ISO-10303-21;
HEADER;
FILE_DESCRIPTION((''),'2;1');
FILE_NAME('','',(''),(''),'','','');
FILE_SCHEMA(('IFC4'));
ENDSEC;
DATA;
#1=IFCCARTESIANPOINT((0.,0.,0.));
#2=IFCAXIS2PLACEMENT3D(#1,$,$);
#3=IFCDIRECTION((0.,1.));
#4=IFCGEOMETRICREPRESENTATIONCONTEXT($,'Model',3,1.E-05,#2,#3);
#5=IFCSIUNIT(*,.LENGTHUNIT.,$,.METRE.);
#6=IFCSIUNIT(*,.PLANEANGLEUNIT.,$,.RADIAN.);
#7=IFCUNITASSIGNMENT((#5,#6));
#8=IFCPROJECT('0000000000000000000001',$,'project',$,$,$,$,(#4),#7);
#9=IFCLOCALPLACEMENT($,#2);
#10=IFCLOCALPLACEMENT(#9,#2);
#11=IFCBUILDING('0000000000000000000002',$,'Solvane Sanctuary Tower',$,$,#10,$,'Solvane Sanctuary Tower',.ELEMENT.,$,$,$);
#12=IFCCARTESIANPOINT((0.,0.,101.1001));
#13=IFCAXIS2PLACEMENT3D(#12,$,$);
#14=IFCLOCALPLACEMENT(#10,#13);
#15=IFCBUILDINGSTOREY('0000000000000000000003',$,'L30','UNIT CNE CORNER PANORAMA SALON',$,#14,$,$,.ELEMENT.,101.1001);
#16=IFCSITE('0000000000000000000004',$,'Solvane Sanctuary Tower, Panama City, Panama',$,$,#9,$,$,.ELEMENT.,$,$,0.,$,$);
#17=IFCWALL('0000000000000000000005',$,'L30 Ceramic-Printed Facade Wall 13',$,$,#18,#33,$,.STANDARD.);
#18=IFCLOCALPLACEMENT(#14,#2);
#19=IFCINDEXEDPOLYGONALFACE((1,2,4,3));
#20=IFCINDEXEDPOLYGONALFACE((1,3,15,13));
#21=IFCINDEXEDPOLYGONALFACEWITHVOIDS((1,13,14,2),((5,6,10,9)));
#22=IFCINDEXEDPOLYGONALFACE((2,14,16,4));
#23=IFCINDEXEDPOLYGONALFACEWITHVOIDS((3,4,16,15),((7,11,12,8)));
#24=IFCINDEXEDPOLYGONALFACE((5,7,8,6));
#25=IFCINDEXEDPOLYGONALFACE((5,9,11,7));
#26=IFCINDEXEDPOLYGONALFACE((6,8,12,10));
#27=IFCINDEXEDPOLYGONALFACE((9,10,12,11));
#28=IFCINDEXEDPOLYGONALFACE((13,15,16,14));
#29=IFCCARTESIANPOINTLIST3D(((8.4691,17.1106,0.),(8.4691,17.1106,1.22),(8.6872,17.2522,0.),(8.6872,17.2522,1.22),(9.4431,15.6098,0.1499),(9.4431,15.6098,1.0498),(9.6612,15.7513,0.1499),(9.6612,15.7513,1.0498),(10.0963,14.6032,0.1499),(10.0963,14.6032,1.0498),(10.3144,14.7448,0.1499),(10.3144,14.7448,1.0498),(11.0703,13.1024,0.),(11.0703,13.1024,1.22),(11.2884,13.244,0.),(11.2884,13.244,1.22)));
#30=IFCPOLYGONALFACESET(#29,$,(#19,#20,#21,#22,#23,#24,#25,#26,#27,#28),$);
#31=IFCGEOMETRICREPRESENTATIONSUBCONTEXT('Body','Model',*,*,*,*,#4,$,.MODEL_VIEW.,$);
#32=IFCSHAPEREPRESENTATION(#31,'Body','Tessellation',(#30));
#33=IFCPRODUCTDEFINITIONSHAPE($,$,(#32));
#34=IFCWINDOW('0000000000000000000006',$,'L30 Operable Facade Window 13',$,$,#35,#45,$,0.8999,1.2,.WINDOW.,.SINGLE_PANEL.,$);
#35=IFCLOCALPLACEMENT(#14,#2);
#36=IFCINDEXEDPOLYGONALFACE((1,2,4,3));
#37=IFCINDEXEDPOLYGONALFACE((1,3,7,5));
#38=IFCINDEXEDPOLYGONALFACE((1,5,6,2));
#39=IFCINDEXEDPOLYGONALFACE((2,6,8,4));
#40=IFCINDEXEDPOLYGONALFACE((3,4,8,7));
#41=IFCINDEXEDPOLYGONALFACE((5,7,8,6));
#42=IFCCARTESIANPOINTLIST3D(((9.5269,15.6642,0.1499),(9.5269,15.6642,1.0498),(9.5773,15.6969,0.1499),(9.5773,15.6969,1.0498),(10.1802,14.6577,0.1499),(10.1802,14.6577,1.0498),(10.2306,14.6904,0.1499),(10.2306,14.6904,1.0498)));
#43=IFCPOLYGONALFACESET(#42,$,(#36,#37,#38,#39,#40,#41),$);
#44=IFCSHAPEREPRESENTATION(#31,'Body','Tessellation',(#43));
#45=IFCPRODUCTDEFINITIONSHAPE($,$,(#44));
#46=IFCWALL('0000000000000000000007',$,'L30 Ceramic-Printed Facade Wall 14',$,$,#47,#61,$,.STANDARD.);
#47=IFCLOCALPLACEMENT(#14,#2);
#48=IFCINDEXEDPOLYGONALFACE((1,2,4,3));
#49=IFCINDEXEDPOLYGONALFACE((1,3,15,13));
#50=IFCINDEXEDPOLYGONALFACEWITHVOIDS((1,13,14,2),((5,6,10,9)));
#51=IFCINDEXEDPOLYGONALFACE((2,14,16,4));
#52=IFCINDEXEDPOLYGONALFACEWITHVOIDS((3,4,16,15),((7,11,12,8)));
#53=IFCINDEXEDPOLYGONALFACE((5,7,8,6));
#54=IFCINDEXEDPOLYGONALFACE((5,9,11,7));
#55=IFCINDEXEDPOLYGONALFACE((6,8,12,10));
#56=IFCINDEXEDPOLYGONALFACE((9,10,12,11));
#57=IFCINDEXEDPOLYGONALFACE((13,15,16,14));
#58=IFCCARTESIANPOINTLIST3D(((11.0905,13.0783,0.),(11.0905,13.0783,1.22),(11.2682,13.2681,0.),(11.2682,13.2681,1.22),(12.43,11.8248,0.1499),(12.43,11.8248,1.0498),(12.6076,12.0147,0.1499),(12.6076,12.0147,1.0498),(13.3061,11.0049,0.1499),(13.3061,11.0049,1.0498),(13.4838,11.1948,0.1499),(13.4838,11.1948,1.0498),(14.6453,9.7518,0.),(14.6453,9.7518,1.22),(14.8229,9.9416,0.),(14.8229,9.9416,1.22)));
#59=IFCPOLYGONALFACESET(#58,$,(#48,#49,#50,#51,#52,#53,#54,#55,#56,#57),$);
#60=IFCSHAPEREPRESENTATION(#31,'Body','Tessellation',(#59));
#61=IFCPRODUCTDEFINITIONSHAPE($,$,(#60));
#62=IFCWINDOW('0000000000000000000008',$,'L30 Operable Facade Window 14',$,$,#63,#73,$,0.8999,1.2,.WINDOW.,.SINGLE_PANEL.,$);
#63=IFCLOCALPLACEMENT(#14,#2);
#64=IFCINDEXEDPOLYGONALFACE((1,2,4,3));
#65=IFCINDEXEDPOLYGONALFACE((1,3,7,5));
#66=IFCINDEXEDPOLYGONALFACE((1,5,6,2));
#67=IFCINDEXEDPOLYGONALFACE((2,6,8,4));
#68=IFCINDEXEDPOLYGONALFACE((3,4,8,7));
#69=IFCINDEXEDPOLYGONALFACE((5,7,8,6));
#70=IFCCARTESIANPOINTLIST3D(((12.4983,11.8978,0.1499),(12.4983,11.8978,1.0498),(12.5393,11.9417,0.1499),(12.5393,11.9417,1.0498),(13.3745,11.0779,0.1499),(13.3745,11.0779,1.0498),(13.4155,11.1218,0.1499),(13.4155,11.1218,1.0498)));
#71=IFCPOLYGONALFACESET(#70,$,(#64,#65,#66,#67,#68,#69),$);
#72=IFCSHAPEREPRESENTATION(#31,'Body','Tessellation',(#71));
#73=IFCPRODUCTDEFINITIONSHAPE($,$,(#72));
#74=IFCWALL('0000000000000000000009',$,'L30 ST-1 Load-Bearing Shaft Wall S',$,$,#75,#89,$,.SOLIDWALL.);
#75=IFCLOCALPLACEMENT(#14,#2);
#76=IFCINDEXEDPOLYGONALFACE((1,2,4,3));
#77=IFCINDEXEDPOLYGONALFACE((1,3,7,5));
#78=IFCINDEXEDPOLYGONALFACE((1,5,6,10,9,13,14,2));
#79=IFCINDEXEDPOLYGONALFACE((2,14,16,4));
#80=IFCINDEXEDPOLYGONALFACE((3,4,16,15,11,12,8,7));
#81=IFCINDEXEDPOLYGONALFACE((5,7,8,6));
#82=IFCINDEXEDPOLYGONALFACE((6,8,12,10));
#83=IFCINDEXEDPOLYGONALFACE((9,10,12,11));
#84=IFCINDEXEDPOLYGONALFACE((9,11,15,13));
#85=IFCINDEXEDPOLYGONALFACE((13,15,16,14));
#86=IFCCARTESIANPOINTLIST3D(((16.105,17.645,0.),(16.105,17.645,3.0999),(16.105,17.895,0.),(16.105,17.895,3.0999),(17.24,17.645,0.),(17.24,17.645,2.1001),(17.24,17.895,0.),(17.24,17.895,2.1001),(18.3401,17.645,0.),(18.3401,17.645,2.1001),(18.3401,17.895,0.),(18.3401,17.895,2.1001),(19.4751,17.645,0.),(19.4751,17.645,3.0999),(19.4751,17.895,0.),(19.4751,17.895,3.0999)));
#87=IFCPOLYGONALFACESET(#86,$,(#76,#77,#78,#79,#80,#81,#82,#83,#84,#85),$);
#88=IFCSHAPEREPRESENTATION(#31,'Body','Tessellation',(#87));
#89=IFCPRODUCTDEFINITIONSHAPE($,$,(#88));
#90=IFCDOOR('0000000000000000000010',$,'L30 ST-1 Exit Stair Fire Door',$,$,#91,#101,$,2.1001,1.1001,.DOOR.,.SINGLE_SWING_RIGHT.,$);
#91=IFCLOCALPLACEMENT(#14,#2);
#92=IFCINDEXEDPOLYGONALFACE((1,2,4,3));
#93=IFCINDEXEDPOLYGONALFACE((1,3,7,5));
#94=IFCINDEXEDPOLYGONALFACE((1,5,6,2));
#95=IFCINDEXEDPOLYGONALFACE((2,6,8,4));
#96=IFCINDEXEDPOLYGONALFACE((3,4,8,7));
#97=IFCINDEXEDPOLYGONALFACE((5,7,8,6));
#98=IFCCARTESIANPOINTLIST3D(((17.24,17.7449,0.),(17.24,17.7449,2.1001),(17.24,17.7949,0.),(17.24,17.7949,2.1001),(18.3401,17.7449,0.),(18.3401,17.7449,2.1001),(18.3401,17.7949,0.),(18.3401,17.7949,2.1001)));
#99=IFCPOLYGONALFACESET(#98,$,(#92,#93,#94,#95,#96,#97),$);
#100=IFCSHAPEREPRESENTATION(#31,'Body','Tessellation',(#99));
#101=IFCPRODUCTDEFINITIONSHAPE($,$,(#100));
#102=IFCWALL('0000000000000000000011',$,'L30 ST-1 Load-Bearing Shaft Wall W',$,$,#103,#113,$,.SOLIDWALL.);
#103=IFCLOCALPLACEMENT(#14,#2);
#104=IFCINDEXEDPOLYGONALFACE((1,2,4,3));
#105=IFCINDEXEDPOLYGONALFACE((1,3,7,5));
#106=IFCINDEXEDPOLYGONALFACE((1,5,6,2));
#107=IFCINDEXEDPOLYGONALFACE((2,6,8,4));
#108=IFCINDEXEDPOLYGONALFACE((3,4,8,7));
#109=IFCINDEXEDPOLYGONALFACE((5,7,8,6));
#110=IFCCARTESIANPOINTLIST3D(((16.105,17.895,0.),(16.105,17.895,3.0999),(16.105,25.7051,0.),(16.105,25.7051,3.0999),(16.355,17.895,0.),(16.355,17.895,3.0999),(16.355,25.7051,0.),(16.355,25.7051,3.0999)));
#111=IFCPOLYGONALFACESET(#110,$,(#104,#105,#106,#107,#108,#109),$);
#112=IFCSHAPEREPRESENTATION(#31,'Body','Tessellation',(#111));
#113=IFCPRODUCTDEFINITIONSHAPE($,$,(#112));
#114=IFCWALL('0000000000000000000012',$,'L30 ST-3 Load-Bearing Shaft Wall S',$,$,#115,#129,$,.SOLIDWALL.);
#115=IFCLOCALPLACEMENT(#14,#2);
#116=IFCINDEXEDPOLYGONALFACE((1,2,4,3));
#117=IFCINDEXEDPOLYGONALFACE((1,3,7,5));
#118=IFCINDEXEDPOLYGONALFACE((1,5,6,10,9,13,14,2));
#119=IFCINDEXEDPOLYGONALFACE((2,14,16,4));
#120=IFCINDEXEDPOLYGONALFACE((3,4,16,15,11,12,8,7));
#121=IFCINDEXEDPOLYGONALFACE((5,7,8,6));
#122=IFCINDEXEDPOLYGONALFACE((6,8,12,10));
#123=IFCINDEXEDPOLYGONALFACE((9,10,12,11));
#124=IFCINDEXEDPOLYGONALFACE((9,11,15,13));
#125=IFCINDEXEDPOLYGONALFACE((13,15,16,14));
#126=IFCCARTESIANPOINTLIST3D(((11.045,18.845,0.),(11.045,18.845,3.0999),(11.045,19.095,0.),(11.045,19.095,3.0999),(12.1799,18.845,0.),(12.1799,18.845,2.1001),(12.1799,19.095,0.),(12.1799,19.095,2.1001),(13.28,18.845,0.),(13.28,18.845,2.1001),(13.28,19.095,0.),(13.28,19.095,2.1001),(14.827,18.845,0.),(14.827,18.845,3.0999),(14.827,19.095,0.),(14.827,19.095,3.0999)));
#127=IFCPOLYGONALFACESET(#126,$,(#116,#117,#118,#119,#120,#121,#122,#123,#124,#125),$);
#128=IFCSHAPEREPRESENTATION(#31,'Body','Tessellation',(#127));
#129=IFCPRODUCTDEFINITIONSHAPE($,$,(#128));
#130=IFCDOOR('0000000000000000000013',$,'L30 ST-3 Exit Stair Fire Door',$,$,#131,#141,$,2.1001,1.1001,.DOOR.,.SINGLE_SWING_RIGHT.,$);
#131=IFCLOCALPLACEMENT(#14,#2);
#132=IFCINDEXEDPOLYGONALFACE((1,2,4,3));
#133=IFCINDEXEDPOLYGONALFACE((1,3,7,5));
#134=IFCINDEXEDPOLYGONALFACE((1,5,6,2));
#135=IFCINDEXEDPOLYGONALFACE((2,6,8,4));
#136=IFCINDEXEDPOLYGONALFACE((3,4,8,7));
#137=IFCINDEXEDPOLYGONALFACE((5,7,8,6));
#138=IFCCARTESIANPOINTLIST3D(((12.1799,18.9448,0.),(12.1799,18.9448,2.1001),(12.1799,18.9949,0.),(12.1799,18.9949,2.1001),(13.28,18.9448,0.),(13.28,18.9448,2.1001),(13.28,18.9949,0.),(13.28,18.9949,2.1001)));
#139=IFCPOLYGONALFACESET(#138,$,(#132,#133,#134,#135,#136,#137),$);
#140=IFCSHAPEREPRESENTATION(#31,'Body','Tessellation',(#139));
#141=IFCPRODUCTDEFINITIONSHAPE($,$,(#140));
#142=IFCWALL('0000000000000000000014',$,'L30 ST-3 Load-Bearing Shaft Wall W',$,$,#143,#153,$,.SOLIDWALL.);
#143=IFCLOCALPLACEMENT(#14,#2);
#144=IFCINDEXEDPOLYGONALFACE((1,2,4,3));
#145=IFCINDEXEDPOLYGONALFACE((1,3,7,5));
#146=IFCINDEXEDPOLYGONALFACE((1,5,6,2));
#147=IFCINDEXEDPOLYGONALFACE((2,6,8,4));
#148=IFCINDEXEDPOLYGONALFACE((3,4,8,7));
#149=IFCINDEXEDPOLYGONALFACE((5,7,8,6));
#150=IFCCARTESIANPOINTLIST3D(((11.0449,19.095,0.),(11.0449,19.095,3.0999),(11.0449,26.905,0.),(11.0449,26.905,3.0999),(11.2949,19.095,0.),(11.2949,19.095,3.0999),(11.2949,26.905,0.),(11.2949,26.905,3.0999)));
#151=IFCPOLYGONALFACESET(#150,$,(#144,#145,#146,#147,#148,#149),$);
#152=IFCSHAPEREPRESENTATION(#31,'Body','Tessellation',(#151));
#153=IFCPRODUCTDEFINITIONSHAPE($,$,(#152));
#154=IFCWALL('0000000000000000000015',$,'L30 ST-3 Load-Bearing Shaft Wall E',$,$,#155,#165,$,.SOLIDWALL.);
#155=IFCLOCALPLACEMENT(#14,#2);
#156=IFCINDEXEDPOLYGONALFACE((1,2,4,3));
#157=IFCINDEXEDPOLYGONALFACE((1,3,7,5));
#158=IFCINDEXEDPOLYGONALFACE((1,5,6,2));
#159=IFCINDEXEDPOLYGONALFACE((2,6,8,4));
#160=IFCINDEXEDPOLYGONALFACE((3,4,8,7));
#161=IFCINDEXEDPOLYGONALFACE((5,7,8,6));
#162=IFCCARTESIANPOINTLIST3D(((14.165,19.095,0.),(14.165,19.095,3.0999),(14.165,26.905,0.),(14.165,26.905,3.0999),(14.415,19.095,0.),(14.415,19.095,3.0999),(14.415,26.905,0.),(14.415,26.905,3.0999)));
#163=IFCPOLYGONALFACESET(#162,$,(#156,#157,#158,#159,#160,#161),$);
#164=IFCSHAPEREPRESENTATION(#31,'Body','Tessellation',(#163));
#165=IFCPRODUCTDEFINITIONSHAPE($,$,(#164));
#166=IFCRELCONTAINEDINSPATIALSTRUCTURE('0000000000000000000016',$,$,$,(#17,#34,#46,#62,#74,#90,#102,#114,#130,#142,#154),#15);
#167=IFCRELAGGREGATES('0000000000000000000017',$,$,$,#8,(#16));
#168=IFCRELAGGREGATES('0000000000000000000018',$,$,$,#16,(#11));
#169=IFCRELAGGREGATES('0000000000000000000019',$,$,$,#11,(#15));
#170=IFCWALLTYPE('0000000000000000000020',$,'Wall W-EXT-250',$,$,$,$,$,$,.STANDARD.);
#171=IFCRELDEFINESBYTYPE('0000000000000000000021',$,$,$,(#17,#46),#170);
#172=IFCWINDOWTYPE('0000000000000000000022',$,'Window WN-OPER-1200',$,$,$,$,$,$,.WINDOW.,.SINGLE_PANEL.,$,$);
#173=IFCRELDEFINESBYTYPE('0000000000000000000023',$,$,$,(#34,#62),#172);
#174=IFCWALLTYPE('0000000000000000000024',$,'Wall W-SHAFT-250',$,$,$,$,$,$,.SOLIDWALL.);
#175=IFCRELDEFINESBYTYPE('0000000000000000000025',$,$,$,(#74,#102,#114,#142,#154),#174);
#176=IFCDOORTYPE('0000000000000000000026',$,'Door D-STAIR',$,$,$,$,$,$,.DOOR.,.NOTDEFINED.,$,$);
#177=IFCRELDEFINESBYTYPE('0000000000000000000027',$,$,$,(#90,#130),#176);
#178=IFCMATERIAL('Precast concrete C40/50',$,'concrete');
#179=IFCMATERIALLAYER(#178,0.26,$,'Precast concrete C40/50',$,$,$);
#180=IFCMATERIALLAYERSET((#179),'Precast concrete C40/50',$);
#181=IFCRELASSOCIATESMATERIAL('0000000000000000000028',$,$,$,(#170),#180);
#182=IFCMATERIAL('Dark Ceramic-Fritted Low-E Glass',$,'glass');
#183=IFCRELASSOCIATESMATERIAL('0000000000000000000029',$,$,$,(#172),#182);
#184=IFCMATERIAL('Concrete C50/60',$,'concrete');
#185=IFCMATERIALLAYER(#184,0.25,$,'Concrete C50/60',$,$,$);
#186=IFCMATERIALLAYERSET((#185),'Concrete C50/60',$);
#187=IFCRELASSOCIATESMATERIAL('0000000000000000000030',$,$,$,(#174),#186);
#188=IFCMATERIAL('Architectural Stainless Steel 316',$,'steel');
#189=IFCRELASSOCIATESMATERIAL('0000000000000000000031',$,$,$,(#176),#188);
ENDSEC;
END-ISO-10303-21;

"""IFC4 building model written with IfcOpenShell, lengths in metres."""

from ifc_helpers import new_model, si_unit, direction, frame, frame_2d, origin, place, context, subcontext, project, spatial, rectangle, extrude, material, layer, layer_set, type_object, element, fill, save


model = new_model("IFC4")

# Units and contexts
model_context = context("Model", 3, precision=1e-05, world=origin(), true_north=direction((0.0, 1.0)))
body_context = subcontext(model_context, "Body", "Model", "MODEL_VIEW")
ifc_project = project(units=[si_unit("LENGTHUNIT", "METRE"), si_unit("PLANEANGLEUNIT", "RADIAN")], contexts=[model_context])

# Site, building, storey
site_placement = place(None, origin())
site = spatial("IfcSite", under=ifc_project, at=site_placement, Name="Solvane Sanctuary Tower, Panama City, Panama", CompositionType="ELEMENT", RefElevation=0.0)
building_placement = place(site_placement, origin())
building = spatial("IfcBuilding", under=site, at=building_placement, Name="Solvane Sanctuary Tower", LongName="Solvane Sanctuary Tower", CompositionType="ELEMENT")
storey_placement = place(building_placement, frame((0.0, 0.0, 101.1001)))
storey = spatial("IfcBuildingStorey", under=building, at=storey_placement, Name="L30", Description="UNIT CNE CORNER PANORAMA SALON", CompositionType="ELEMENT", Elevation=101.1001)

# Walls, openings, windows
ifc_material_1 = material(Name="Precast concrete C40/50", Category="concrete")
ifc_layer_1 = layer(ifc_material_1, 0.26, Name="Precast concrete C40/50")
ifc_layer_set_1 = layer_set([ifc_layer_1], Name="Precast concrete C40/50")
wall_type_1 = type_object("IfcWallType", Name="Wall W-EXT-250", PredefinedType="STANDARD", material=ifc_layer_set_1)
wall_1_placement = place(storey_placement, frame((8.5781, 17.1814, 0.0), z_axis=(0.0, 0.0, 1.0), x_axis=(0.544388, -0.838833, 0.0)))
wall_1 = element("IfcWall", 1, at=wall_1_placement, inside=storey, type_object=wall_type_1, Name="L30 Ceramic-Printed Facade Wall 13", PredefinedType="STANDARD", context=body_context, shape_type="SweptSolid", body=[
    extrude(rectangle(XDim=4.7783, YDim=0.26, at=frame_2d((2.3892, 0.0))), origin(), (0.0, 0.0, 1.0), 1.22),
])
opening_1_placement = place(wall_1_placement, frame((1.7891, 0.0, 0.1499)))
opening_1 = element("IfcOpeningElement", 2, at=opening_1_placement, cuts=wall_1, PredefinedType="OPENING", context=body_context, shape_type="SweptSolid", body=[
    extrude(rectangle(XDim=1.2, YDim=0.8999, at=frame_2d((0.6001, 0.45))), frame((0.0, 0.1399, 0.0), z_axis=(0.0, -1.0, 0.0), x_axis=(1.0, 0.0, 0.0)), (0.0, 0.0, 1.0), 0.28),
])
ifc_material_2 = material(Name="Dark Ceramic-Fritted Low-E Glass", Category="glass")
window_type = type_object("IfcWindowType", Name="Window WN-OPER-1200", PartitioningType="SINGLE_PANEL", PredefinedType="WINDOW", material=ifc_material_2)
window_1_placement = place(opening_1_placement, origin())
window_1 = element("IfcWindow", 3, at=window_1_placement, inside=storey, type_object=window_type, Name="L30 Operable Facade Window 13", OverallHeight=0.8999, OverallWidth=1.2, PartitioningType="SINGLE_PANEL", PredefinedType="WINDOW", context=body_context, shape_type="SweptSolid", body=[
    extrude(rectangle(XDim=1.2, YDim=0.8999, at=frame_2d((0.6001, 0.45))), frame((0.0, 0.03, 0.0), z_axis=(0.0, -1.0, 0.0), x_axis=(1.0, 0.0, 0.0)), (0.0, 0.0, 1.0), 0.0601),
])
fill(opening_1, window_1)
wall_2_placement = place(storey_placement, frame((11.1794, 13.1731, 0.0), z_axis=(0.0, 0.0, 1.0), x_axis=(0.730162, -0.683274, 0.0)))
wall_2 = element("IfcWall", 4, at=wall_2_placement, inside=storey, type_object=wall_type_1, Name="L30 Ceramic-Printed Facade Wall 14", PredefinedType="STANDARD", context=body_context, shape_type="SweptSolid", body=[
    extrude(rectangle(XDim=4.8684, YDim=0.26, at=frame_2d((2.4341, 0.0))), origin(), (0.0, 0.0, 1.0), 1.22),
])
opening_2_placement = place(wall_2_placement, frame((1.8342, 0.0, 0.1499)))
opening_2 = element("IfcOpeningElement", 5, at=opening_2_placement, cuts=wall_2, PredefinedType="OPENING", context=body_context, shape_type="SweptSolid", body=[
    extrude(rectangle(XDim=1.2, YDim=0.8999, at=frame_2d((0.6001, 0.45))), frame((0.0, 0.1399, 0.0), z_axis=(0.0, -1.0, 0.0), x_axis=(1.0, 0.0, 0.0)), (0.0, 0.0, 1.0), 0.28),
])
window_2_placement = place(opening_2_placement, origin())
window_2 = element("IfcWindow", 6, at=window_2_placement, inside=storey, type_object=window_type, Name="L30 Operable Facade Window 14", OverallHeight=0.8999, OverallWidth=1.2, PartitioningType="SINGLE_PANEL", PredefinedType="WINDOW", context=body_context, shape_type="SweptSolid", body=[
    extrude(rectangle(XDim=1.2, YDim=0.8999, at=frame_2d((0.6001, 0.45))), frame((0.0, 0.03, 0.0), z_axis=(0.0, -1.0, 0.0), x_axis=(1.0, 0.0, 0.0)), (0.0, 0.0, 1.0), 0.0601),
])
fill(opening_2, window_2)

# Wall, opening, door
ifc_material_3 = material(Name="Concrete C50/60", Category="concrete")
ifc_layer_2 = layer(ifc_material_3, 0.25, Name="Concrete C50/60")
ifc_layer_set_2 = layer_set([ifc_layer_2], Name="Concrete C50/60")
wall_type_2 = type_object("IfcWallType", Name="Wall W-SHAFT-250", PredefinedType="SOLIDWALL", material=ifc_layer_set_2)
wall_3_placement = place(storey_placement, frame((16.105, 17.77, 0.0), z_axis=(0.0, 0.0, 1.0), x_axis=(1.0, 0.0, 0.0)))
wall_3 = element("IfcWall", 7, at=wall_3_placement, inside=storey, type_object=wall_type_2, Name="L30 ST-1 Load-Bearing Shaft Wall S", PredefinedType="SOLIDWALL", context=body_context, shape_type="SweptSolid", body=[
    extrude(rectangle(XDim=3.3701, YDim=0.25, at=frame_2d((1.6851, 0.0))), origin(), (0.0, 0.0, 1.0), 3.0999),
])
opening_3_placement = place(wall_3_placement, frame((1.135, 0.0, 0.0)))
opening_3 = element("IfcOpeningElement", 8, at=opening_3_placement, cuts=wall_3, PredefinedType="OPENING", context=body_context, shape_type="SweptSolid", body=[
    extrude(rectangle(XDim=1.1001, YDim=2.1001, at=frame_2d((0.55, 1.05))), frame((0.0, 0.135, 0.0), z_axis=(0.0, -1.0, 0.0), x_axis=(1.0, 0.0, 0.0)), (0.0, 0.0, 1.0), 0.27),
])
ifc_material_4 = material(Name="Architectural Stainless Steel 316", Category="steel")
door_type_1 = type_object("IfcDoorType", Name="Door D-STAIR", OperationType="NOTDEFINED", PredefinedType="DOOR", material=ifc_material_4)
door_1_placement = place(opening_3_placement, origin())
door_1 = element("IfcDoor", 9, at=door_1_placement, inside=storey, type_object=door_type_1, Name="L30 ST-1 Exit Stair Fire Door", OperationType="SINGLE_SWING_RIGHT", OverallHeight=2.1001, OverallWidth=1.1001, PredefinedType="DOOR", context=body_context, shape_type="SweptSolid", body=[
    extrude(rectangle(XDim=1.1001, YDim=2.1001, at=frame_2d((0.55, 1.05))), frame((0.0, 0.0249, 0.0), z_axis=(0.0, -1.0, 0.0), x_axis=(1.0, 0.0, 0.0)), (0.0, 0.0, 1.0), 0.05),
])
fill(opening_3, door_1)

# Wall
wall_4_placement = place(storey_placement, frame((16.23, 17.895, 0.0), z_axis=(0.0, 0.0, 1.0), x_axis=(0.0, 1.0, 0.0)))
element("IfcWall", 10, at=wall_4_placement, inside=storey, type_object=wall_type_2, Name="L30 ST-1 Load-Bearing Shaft Wall W", PredefinedType="SOLIDWALL", context=body_context, shape_type="SweptSolid", body=[
    extrude(rectangle(XDim=7.8101, YDim=0.25, at=frame_2d((3.905, 0.0))), origin(), (0.0, 0.0, 1.0), 3.0999),
])

# Wall, opening, door
wall_5_placement = place(storey_placement, frame((11.0449, 18.97, 0.0), z_axis=(0.0, 0.0, 1.0), x_axis=(1.0, 0.0, 0.0)))
wall_5 = element("IfcWall", 11, at=wall_5_placement, inside=storey, type_object=wall_type_2, Name="L30 ST-3 Load-Bearing Shaft Wall S", PredefinedType="SOLIDWALL", context=body_context, shape_type="SweptSolid", body=[
    extrude(rectangle(XDim=3.782, YDim=0.25, at=frame_2d((1.8911, 0.0))), origin(), (0.0, 0.0, 1.0), 3.0999),
])
opening_4_placement = place(wall_5_placement, frame((1.135, 0.0, 0.0)))
opening_4 = element("IfcOpeningElement", 12, at=opening_4_placement, cuts=wall_5, PredefinedType="OPENING", context=body_context, shape_type="SweptSolid", body=[
    extrude(rectangle(XDim=1.1001, YDim=2.1001, at=frame_2d((0.55, 1.05))), frame((0.0, 0.135, 0.0), z_axis=(0.0, -1.0, 0.0), x_axis=(1.0, 0.0, 0.0)), (0.0, 0.0, 1.0), 0.27),
])
door_2_placement = place(opening_4_placement, origin())
door_2 = element("IfcDoor", 13, at=door_2_placement, inside=storey, type_object=door_type_1, Name="L30 ST-3 Exit Stair Fire Door", OperationType="SINGLE_SWING_RIGHT", OverallHeight=2.1001, OverallWidth=1.1001, PredefinedType="DOOR", context=body_context, shape_type="SweptSolid", body=[
    extrude(rectangle(XDim=1.1001, YDim=2.1001, at=frame_2d((0.55, 1.05))), frame((0.0, 0.0249, 0.0), z_axis=(0.0, -1.0, 0.0), x_axis=(1.0, 0.0, 0.0)), (0.0, 0.0, 1.0), 0.05),
])
fill(opening_4, door_2)

# Walls
for number, where, z_axis, x_axis, name in (
    (14, (11.1699, 19.095, 0.0), (0.0, 0.0, 1.0), (0.0, 1.0, 0.0), "L30 ST-3 Load-Bearing Shaft Wall W"),
    (15, (14.29, 19.095, 0.0), (0.0, 0.0, 1.0), (0.0, 1.0, 0.0), "L30 ST-3 Load-Bearing Shaft Wall E"),
):
    element("IfcWall", number, at=place(storey_placement, frame(where, z_axis=z_axis, x_axis=x_axis)), inside=storey, type_object=wall_type_2, Name=name, PredefinedType="SOLIDWALL", context=body_context, shape_type="SweptSolid", body=[
        extrude(rectangle(XDim=7.8101, YDim=0.25, at=frame_2d((3.905, 0.0))), origin(), (0.0, 0.0, 1.0), 3.0999),
    ])

save(model, "model.ifc")
